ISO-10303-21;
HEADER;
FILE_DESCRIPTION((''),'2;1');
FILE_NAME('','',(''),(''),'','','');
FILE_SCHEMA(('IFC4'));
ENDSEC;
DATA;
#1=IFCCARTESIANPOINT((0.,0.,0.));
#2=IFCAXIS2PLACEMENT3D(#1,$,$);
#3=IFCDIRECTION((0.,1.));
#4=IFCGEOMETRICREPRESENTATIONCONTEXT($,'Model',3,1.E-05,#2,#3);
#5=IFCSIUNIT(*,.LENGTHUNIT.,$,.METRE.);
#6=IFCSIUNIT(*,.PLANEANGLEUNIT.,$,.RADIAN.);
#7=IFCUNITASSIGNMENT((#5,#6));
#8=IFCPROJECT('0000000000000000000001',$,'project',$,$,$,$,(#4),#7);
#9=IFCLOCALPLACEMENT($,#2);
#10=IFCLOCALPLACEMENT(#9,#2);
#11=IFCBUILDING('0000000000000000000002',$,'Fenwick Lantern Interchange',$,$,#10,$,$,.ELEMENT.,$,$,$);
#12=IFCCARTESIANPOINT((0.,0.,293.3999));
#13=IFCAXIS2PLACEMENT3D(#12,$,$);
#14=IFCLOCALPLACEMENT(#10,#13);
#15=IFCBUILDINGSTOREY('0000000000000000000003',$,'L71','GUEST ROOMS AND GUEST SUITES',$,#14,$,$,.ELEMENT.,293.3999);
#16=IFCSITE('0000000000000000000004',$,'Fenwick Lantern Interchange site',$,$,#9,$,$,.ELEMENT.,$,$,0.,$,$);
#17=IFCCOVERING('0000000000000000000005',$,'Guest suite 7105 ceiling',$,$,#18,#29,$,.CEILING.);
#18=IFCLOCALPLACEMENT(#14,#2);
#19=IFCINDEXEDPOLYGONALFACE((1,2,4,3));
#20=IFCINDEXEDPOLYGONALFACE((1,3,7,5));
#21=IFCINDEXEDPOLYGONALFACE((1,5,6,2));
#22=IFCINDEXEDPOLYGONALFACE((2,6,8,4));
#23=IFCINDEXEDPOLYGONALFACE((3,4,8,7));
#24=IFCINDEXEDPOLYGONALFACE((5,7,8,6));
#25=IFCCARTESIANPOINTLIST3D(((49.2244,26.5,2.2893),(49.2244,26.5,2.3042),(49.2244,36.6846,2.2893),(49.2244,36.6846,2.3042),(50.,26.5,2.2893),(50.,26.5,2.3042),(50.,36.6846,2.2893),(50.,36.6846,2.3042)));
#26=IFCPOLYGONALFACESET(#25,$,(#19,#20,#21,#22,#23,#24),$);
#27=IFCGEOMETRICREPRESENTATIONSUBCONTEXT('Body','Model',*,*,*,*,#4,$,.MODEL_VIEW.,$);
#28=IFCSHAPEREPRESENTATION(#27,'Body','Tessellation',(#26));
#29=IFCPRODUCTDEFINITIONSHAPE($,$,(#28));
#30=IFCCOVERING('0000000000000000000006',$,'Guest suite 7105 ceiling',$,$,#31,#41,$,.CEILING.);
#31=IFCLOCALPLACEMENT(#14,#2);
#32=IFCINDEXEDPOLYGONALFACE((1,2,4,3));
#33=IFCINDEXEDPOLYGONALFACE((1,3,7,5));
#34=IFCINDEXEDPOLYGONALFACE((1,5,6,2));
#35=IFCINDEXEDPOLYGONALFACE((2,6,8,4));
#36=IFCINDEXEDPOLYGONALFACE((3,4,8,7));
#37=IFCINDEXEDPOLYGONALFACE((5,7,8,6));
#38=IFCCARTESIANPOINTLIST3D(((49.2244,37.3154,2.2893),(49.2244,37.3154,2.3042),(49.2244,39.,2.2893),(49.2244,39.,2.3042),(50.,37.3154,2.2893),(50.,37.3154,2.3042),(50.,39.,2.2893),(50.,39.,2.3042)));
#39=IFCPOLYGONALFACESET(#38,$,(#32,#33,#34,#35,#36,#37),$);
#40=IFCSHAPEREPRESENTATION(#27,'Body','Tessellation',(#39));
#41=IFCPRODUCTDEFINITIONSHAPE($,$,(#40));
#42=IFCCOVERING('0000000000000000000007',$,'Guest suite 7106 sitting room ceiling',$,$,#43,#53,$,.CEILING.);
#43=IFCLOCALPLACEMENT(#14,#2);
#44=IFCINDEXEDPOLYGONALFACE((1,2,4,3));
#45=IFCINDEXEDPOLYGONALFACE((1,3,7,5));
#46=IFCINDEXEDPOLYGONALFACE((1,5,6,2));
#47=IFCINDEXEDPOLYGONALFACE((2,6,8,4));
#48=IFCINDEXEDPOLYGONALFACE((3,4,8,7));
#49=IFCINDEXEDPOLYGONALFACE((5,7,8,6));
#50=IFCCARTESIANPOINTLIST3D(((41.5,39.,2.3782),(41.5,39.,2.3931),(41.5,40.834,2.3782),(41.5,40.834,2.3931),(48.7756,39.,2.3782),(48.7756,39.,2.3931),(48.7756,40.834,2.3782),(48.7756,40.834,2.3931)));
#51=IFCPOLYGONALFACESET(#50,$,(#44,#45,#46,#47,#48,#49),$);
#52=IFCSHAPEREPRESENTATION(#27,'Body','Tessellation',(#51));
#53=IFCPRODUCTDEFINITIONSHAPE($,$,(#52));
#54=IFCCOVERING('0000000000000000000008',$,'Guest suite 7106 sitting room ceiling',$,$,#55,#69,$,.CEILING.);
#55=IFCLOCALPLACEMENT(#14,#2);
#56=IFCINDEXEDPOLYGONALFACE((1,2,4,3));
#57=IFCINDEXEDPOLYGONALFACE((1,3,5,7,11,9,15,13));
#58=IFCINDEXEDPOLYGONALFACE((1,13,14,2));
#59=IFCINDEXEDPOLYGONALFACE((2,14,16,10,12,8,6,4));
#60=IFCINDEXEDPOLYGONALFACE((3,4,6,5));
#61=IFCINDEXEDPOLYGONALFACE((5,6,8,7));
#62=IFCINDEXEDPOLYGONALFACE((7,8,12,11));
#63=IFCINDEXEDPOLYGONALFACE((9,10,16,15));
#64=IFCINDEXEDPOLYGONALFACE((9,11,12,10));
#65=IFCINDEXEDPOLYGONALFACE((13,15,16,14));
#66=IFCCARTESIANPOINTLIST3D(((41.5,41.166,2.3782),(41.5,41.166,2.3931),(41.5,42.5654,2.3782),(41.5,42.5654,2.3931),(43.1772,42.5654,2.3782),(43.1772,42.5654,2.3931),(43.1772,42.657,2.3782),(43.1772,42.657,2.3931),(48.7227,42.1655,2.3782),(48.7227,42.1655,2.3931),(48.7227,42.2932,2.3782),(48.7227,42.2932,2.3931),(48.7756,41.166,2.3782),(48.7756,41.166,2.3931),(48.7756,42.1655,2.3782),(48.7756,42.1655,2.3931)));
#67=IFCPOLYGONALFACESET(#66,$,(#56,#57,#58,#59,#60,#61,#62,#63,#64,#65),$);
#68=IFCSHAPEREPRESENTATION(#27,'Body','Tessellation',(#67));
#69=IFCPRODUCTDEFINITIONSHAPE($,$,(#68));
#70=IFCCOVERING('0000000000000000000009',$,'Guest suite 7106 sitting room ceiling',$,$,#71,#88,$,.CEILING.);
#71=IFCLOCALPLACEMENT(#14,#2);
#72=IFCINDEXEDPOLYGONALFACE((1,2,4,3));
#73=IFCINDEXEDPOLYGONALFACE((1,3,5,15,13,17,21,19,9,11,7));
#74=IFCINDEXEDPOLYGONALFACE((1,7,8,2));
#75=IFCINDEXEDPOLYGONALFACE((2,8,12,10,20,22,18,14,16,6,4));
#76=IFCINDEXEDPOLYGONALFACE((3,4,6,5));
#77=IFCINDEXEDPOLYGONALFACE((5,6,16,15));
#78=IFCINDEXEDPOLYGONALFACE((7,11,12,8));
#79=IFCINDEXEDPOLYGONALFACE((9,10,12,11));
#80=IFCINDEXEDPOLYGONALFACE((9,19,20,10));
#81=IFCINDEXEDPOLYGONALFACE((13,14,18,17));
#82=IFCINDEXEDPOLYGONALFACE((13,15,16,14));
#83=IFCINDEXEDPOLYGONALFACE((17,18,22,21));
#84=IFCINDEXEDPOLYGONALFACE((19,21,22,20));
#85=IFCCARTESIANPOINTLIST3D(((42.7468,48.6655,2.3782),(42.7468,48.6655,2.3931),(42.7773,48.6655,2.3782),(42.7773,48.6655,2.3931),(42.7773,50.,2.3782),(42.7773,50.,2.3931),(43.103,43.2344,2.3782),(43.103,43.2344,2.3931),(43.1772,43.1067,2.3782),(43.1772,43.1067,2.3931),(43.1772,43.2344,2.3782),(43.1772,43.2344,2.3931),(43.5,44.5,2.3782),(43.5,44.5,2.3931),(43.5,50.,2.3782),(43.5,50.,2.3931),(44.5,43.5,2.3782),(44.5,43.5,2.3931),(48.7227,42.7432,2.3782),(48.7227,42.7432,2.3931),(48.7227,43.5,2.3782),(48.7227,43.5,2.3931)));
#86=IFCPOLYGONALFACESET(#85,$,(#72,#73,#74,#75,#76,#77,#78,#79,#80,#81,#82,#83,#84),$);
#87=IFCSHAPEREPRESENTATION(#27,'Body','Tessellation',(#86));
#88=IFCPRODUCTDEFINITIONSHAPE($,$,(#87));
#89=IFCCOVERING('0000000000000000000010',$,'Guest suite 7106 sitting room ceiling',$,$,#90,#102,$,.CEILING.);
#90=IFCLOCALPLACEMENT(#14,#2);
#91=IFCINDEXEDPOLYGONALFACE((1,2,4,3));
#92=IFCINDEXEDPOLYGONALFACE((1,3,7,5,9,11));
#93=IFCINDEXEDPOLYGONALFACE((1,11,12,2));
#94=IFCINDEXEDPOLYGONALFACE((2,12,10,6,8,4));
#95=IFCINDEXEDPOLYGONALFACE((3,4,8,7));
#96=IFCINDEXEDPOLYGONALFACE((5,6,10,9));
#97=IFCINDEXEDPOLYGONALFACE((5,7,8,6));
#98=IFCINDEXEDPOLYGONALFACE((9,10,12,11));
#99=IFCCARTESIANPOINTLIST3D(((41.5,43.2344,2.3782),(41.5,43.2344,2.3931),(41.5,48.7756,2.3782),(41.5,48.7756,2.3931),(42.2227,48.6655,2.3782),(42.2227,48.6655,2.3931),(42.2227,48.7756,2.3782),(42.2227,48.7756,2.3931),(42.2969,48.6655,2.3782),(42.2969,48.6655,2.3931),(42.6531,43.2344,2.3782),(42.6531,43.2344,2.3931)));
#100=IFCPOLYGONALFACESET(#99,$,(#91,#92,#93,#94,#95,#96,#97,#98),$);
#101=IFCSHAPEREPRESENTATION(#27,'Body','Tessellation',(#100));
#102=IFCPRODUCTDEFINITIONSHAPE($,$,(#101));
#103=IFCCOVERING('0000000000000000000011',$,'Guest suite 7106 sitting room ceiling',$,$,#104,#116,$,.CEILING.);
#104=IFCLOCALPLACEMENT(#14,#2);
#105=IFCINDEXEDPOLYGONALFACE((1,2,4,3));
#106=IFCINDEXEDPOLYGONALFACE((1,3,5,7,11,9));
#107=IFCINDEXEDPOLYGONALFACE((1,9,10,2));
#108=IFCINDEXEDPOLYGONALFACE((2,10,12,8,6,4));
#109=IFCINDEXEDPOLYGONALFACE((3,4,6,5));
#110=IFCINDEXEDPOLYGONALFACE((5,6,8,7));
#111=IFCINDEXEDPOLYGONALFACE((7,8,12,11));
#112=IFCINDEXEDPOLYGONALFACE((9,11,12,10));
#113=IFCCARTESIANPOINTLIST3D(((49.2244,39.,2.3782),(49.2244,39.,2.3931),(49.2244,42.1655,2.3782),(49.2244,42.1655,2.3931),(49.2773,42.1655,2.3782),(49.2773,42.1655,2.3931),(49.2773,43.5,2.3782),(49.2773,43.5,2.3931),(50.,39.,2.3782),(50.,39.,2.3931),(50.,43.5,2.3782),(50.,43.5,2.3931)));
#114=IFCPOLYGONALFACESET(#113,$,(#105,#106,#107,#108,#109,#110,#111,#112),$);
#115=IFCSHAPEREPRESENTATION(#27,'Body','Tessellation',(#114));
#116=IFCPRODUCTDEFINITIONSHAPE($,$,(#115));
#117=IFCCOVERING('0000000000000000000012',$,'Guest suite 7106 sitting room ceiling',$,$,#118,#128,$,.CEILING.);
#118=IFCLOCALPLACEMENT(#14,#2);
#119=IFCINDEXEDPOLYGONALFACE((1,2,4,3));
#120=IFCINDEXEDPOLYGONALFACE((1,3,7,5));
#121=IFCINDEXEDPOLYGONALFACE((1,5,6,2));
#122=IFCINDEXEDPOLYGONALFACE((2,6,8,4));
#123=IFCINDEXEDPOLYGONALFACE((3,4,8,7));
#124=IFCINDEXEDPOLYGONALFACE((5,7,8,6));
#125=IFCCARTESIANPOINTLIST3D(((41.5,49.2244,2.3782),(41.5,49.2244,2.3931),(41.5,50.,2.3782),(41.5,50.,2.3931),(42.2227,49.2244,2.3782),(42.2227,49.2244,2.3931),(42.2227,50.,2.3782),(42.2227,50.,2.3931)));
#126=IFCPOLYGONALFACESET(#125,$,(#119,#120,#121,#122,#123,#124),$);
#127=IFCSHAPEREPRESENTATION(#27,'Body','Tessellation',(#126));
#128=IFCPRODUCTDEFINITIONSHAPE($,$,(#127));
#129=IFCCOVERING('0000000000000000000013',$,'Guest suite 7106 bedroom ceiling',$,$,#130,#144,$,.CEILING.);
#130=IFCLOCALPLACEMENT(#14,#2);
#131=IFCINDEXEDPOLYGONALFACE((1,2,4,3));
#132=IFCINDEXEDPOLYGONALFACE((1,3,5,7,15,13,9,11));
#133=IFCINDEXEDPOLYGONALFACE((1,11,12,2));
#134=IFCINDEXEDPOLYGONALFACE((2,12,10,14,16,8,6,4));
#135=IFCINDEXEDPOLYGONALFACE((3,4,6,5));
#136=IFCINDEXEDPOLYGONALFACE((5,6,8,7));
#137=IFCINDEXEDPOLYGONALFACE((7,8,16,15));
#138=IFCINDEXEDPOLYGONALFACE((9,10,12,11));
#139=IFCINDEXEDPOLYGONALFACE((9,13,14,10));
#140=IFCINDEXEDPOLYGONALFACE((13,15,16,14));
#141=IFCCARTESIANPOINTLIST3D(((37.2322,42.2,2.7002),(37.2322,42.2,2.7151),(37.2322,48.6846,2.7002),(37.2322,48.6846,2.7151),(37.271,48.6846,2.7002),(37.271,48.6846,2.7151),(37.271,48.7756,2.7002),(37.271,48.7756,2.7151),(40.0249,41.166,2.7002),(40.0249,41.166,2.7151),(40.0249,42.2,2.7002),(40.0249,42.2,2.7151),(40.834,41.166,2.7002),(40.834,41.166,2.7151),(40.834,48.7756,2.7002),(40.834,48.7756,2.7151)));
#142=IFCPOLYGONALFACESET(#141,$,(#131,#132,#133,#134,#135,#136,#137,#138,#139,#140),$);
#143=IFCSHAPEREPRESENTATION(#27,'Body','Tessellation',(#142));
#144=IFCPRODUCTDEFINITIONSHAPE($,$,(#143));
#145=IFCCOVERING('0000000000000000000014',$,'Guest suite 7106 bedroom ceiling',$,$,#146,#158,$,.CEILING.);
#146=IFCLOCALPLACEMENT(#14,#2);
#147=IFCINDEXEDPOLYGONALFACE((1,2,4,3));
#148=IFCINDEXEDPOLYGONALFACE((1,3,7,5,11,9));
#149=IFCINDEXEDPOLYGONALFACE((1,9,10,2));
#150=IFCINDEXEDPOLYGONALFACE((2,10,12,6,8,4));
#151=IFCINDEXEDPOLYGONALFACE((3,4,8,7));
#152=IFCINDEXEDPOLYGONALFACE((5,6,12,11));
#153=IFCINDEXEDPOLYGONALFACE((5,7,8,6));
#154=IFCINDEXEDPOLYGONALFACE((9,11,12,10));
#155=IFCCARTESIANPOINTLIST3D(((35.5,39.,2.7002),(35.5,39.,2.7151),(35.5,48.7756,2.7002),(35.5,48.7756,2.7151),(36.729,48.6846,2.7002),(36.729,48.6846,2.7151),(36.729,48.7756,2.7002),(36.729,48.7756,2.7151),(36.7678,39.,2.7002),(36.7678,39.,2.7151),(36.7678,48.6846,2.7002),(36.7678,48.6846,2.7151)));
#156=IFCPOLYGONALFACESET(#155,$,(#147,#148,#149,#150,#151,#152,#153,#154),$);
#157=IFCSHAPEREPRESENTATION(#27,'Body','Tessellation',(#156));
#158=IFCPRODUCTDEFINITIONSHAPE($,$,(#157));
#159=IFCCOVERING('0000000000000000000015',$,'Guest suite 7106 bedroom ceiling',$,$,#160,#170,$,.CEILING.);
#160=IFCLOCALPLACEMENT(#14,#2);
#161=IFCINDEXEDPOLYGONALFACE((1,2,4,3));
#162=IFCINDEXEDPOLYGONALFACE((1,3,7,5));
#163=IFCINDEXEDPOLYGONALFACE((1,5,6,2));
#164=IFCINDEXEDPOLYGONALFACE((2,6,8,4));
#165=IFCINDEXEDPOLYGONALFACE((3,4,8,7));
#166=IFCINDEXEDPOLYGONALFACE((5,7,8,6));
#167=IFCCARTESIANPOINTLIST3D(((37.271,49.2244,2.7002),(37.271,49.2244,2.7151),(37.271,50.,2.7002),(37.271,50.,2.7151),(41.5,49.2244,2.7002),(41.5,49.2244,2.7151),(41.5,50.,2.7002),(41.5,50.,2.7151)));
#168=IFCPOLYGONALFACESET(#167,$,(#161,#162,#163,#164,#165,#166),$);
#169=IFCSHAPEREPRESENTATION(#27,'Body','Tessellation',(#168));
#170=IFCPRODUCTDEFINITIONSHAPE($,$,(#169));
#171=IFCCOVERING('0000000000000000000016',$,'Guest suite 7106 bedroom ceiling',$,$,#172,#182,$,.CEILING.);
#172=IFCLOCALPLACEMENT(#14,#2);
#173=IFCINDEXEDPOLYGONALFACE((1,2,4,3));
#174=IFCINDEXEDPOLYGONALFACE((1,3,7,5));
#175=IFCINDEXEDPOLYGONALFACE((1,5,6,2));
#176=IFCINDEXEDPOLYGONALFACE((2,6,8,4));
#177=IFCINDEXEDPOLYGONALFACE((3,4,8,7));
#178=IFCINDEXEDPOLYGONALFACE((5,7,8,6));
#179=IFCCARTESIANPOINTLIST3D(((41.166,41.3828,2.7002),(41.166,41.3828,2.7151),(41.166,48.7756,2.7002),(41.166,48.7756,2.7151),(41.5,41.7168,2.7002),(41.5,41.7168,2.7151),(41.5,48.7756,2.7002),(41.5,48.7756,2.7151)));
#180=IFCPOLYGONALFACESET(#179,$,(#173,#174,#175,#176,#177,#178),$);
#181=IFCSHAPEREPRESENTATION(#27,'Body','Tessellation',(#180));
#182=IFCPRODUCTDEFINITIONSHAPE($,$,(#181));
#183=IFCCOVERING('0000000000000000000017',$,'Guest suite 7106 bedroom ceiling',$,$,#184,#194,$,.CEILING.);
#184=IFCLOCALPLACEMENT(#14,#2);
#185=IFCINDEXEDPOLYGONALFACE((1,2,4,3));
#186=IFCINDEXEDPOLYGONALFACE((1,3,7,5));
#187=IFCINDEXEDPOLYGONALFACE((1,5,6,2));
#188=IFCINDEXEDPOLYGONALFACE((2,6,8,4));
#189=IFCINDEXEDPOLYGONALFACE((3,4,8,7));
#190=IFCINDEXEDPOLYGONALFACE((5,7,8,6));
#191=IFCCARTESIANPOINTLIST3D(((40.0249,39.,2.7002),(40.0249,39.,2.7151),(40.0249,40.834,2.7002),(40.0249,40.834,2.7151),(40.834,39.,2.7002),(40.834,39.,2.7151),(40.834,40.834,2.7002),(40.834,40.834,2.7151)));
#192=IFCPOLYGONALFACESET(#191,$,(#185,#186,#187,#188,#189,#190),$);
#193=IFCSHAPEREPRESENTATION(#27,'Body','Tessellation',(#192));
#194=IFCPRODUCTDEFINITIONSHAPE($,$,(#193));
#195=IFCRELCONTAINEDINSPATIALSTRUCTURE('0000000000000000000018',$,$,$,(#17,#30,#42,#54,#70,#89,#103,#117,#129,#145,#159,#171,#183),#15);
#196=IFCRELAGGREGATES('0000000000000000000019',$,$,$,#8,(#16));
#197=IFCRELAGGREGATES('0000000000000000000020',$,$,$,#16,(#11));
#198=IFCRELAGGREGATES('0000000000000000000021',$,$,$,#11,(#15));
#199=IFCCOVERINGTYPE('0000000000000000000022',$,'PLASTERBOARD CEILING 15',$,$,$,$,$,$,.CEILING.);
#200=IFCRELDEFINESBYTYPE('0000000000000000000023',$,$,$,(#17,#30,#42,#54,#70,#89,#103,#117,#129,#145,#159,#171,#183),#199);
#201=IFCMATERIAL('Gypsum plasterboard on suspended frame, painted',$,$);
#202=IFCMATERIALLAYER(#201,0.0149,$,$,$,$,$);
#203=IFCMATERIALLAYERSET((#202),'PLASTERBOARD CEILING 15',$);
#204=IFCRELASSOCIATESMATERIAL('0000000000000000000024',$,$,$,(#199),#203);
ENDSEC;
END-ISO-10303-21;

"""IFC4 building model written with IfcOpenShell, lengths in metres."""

from ifc_helpers import new_model, si_unit, direction, frame, origin, place, context, subcontext, project, spatial, polyline, outline, extrude, material, layer, layer_set, type_object, element, save


model = new_model("IFC4")

# Units and contexts
model_context = context("Model", 3, precision=1e-05, world=origin(), true_north=direction((0.0, 1.0)))
body_context = subcontext(model_context, "Body", "Model", "MODEL_VIEW")
ifc_project = project(units=[si_unit("LENGTHUNIT", "METRE"), si_unit("PLANEANGLEUNIT", "RADIAN")], contexts=[model_context])

# Site, building, storey
site_placement = place(None, origin())
site = spatial("IfcSite", under=ifc_project, at=site_placement, Name="Fenwick Lantern Interchange site", CompositionType="ELEMENT", RefElevation=0.0)
building_placement = place(site_placement, origin())
building = spatial("IfcBuilding", under=site, at=building_placement, Name="Fenwick Lantern Interchange", CompositionType="ELEMENT")
storey_placement = place(building_placement, frame((0.0, 0.0, 293.3999)))
storey = spatial("IfcBuildingStorey", under=building, at=storey_placement, Name="L71", Description="GUEST ROOMS AND GUEST SUITES", CompositionType="ELEMENT", Elevation=293.3999)

# Coverings
ifc_material_1 = material(Name="Gypsum plasterboard on suspended frame, painted")
ifc_layer_1 = layer(ifc_material_1, 0.0149)
ifc_layer_set_1 = layer_set([ifc_layer_1], Name="PLASTERBOARD CEILING 15")
covering_type_1 = type_object("IfcCoveringType", Name="PLASTERBOARD CEILING 15", PredefinedType="CEILING", material=ifc_layer_set_1)
covering_1_placement = place(storey_placement, frame((0.0, 0.0, 2.2893)))
element("IfcCovering", 1, at=covering_1_placement, inside=storey, type_object=covering_type_1, Name="Guest suite 7105 ceiling", PredefinedType="CEILING", context=body_context, shape_type="SweptSolid", body=[
    extrude(outline(polyline([(50.0, 36.6846), (49.2244, 36.6846), (49.2244, 26.5), (50.0, 26.5), (50.0, 36.6846)])), origin(), (0.0, 0.0, 1.0), 0.0149),
])
covering_2_placement = place(storey_placement, frame((0.0, 0.0, 2.2893)))
element("IfcCovering", 2, at=covering_2_placement, inside=storey, type_object=covering_type_1, Name="Guest suite 7105 ceiling", PredefinedType="CEILING", context=body_context, shape_type="SweptSolid", body=[
    extrude(outline(polyline([(49.2244, 37.3154), (50.0, 37.3154), (50.0, 39.0), (49.2244, 39.0), (49.2244, 37.3154)])), origin(), (0.0, 0.0, 1.0), 0.0149),
])
covering_3_placement = place(storey_placement, frame((0.0, 0.0, 2.3782)))
element("IfcCovering", 3, at=covering_3_placement, inside=storey, type_object=covering_type_1, Name="Guest suite 7106 sitting room ceiling", PredefinedType="CEILING", context=body_context, shape_type="SweptSolid", body=[
    extrude(outline(polyline([(41.5, 39.0), (48.7756, 39.0), (48.7756, 40.834), (41.5, 40.834), (41.5, 39.0)])), origin(), (0.0, 0.0, 1.0), 0.0149),
])
covering_4_placement = place(storey_placement, frame((0.0, 0.0, 2.3782)))
element("IfcCovering", 4, at=covering_4_placement, inside=storey, type_object=covering_type_1, Name="Guest suite 7106 sitting room ceiling", PredefinedType="CEILING", context=body_context, shape_type="SweptSolid", body=[
    extrude(outline(polyline([(48.7756, 42.1655), (48.7227, 42.1655), (48.7227, 42.2932), (43.1772, 42.657), (43.1772, 42.5654), (41.5, 42.5654), (41.5, 41.166), (48.7756, 41.166), (48.7756, 42.1655)])), origin(), (0.0, 0.0, 1.0), 0.0149),
])
covering_5_placement = place(storey_placement, frame((0.0, 0.0, 2.3782)))
element("IfcCovering", 5, at=covering_5_placement, inside=storey, type_object=covering_type_1, Name="Guest suite 7106 sitting room ceiling", PredefinedType="CEILING", context=body_context, shape_type="SweptSolid", body=[
    extrude(outline(polyline([(43.1772, 43.2344), (43.1772, 43.1067), (48.7227, 42.7432), (48.7227, 43.5), (44.5, 43.5), (43.5, 44.5), (43.5, 50.0), (42.7773, 50.0), (42.7773, 48.6655), (42.7468, 48.6655), (43.103, 43.2344), (43.1772, 43.2344)])), origin(), (0.0, 0.0, 1.0), 0.0149),
])
covering_6_placement = place(storey_placement, frame((0.0, 0.0, 2.3782)))
element("IfcCovering", 6, at=covering_6_placement, inside=storey, type_object=covering_type_1, Name="Guest suite 7106 sitting room ceiling", PredefinedType="CEILING", context=body_context, shape_type="SweptSolid", body=[
    extrude(outline(polyline([(41.5, 43.2344), (42.6531, 43.2344), (42.2969, 48.6655), (42.2227, 48.6655), (42.2227, 48.7756), (41.5, 48.7756), (41.5, 43.2344)])), origin(), (0.0, 0.0, 1.0), 0.0149),
])
covering_7_placement = place(storey_placement, frame((0.0, 0.0, 2.3782)))
element("IfcCovering", 7, at=covering_7_placement, inside=storey, type_object=covering_type_1, Name="Guest suite 7106 sitting room ceiling", PredefinedType="CEILING", context=body_context, shape_type="SweptSolid", body=[
    extrude(outline(polyline([(49.2773, 42.1655), (49.2244, 42.1655), (49.2244, 39.0), (50.0, 39.0), (50.0, 43.5), (49.2773, 43.5), (49.2773, 42.1655)])), origin(), (0.0, 0.0, 1.0), 0.0149),
])
covering_8_placement = place(storey_placement, frame((0.0, 0.0, 2.3782)))
element("IfcCovering", 8, at=covering_8_placement, inside=storey, type_object=covering_type_1, Name="Guest suite 7106 sitting room ceiling", PredefinedType="CEILING", context=body_context, shape_type="SweptSolid", body=[
    extrude(outline(polyline([(41.5, 50.0), (41.5, 49.2244), (42.2227, 49.2244), (42.2227, 50.0), (41.5, 50.0)])), origin(), (0.0, 0.0, 1.0), 0.0149),
])
covering_9_placement = place(storey_placement, frame((0.0, 0.0, 2.7002)))
element("IfcCovering", 9, at=covering_9_placement, inside=storey, type_object=covering_type_1, Name="Guest suite 7106 bedroom ceiling", PredefinedType="CEILING", context=body_context, shape_type="SweptSolid", body=[
    extrude(outline(polyline([(37.271, 48.6846), (37.2322, 48.6846), (37.2322, 42.2), (40.0249, 42.2), (40.0249, 41.166), (40.834, 41.166), (40.834, 48.7756), (37.271, 48.7756), (37.271, 48.6846)])), origin(), (0.0, 0.0, 1.0), 0.0149),
])
covering_10_placement = place(storey_placement, frame((0.0, 0.0, 2.7002)))
element("IfcCovering", 10, at=covering_10_placement, inside=storey, type_object=covering_type_1, Name="Guest suite 7106 bedroom ceiling", PredefinedType="CEILING", context=body_context, shape_type="SweptSolid", body=[
    extrude(outline(polyline([(36.729, 48.6846), (36.729, 48.7756), (35.5, 48.7756), (35.5, 39.0), (36.7678, 39.0), (36.7678, 48.6846), (36.729, 48.6846)])), origin(), (0.0, 0.0, 1.0), 0.0149),
])
covering_11_placement = place(storey_placement, frame((0.0, 0.0, 2.7002)))
element("IfcCovering", 11, at=covering_11_placement, inside=storey, type_object=covering_type_1, Name="Guest suite 7106 bedroom ceiling", PredefinedType="CEILING", context=body_context, shape_type="SweptSolid", body=[
    extrude(outline(polyline([(37.271, 50.0), (37.271, 49.2244), (41.5, 49.2244), (41.5, 50.0), (37.271, 50.0)])), origin(), (0.0, 0.0, 1.0), 0.0149),
])
covering_12_placement = place(storey_placement, frame((0.0, 0.0, 2.7002)))
element("IfcCovering", 12, at=covering_12_placement, inside=storey, type_object=covering_type_1, Name="Guest suite 7106 bedroom ceiling", PredefinedType="CEILING", context=body_context, shape_type="SweptSolid", body=[
    extrude(outline(polyline([(41.5, 41.7168), (41.5, 48.7756), (41.166, 48.7756), (41.166, 41.3828), (41.5, 41.7168)])), origin(), (0.0, 0.0, 1.0), 0.0149),
])
covering_13_placement = place(storey_placement, frame((0.0, 0.0, 2.7002)))
element("IfcCovering", 13, at=covering_13_placement, inside=storey, type_object=covering_type_1, Name="Guest suite 7106 bedroom ceiling", PredefinedType="CEILING", context=body_context, shape_type="SweptSolid", body=[
    extrude(outline(polyline([(40.0249, 39.0), (40.834, 39.0), (40.834, 40.834), (40.0249, 40.834), (40.0249, 39.0)])), origin(), (0.0, 0.0, 1.0), 0.0149),
])

save(model, "model.ifc")
